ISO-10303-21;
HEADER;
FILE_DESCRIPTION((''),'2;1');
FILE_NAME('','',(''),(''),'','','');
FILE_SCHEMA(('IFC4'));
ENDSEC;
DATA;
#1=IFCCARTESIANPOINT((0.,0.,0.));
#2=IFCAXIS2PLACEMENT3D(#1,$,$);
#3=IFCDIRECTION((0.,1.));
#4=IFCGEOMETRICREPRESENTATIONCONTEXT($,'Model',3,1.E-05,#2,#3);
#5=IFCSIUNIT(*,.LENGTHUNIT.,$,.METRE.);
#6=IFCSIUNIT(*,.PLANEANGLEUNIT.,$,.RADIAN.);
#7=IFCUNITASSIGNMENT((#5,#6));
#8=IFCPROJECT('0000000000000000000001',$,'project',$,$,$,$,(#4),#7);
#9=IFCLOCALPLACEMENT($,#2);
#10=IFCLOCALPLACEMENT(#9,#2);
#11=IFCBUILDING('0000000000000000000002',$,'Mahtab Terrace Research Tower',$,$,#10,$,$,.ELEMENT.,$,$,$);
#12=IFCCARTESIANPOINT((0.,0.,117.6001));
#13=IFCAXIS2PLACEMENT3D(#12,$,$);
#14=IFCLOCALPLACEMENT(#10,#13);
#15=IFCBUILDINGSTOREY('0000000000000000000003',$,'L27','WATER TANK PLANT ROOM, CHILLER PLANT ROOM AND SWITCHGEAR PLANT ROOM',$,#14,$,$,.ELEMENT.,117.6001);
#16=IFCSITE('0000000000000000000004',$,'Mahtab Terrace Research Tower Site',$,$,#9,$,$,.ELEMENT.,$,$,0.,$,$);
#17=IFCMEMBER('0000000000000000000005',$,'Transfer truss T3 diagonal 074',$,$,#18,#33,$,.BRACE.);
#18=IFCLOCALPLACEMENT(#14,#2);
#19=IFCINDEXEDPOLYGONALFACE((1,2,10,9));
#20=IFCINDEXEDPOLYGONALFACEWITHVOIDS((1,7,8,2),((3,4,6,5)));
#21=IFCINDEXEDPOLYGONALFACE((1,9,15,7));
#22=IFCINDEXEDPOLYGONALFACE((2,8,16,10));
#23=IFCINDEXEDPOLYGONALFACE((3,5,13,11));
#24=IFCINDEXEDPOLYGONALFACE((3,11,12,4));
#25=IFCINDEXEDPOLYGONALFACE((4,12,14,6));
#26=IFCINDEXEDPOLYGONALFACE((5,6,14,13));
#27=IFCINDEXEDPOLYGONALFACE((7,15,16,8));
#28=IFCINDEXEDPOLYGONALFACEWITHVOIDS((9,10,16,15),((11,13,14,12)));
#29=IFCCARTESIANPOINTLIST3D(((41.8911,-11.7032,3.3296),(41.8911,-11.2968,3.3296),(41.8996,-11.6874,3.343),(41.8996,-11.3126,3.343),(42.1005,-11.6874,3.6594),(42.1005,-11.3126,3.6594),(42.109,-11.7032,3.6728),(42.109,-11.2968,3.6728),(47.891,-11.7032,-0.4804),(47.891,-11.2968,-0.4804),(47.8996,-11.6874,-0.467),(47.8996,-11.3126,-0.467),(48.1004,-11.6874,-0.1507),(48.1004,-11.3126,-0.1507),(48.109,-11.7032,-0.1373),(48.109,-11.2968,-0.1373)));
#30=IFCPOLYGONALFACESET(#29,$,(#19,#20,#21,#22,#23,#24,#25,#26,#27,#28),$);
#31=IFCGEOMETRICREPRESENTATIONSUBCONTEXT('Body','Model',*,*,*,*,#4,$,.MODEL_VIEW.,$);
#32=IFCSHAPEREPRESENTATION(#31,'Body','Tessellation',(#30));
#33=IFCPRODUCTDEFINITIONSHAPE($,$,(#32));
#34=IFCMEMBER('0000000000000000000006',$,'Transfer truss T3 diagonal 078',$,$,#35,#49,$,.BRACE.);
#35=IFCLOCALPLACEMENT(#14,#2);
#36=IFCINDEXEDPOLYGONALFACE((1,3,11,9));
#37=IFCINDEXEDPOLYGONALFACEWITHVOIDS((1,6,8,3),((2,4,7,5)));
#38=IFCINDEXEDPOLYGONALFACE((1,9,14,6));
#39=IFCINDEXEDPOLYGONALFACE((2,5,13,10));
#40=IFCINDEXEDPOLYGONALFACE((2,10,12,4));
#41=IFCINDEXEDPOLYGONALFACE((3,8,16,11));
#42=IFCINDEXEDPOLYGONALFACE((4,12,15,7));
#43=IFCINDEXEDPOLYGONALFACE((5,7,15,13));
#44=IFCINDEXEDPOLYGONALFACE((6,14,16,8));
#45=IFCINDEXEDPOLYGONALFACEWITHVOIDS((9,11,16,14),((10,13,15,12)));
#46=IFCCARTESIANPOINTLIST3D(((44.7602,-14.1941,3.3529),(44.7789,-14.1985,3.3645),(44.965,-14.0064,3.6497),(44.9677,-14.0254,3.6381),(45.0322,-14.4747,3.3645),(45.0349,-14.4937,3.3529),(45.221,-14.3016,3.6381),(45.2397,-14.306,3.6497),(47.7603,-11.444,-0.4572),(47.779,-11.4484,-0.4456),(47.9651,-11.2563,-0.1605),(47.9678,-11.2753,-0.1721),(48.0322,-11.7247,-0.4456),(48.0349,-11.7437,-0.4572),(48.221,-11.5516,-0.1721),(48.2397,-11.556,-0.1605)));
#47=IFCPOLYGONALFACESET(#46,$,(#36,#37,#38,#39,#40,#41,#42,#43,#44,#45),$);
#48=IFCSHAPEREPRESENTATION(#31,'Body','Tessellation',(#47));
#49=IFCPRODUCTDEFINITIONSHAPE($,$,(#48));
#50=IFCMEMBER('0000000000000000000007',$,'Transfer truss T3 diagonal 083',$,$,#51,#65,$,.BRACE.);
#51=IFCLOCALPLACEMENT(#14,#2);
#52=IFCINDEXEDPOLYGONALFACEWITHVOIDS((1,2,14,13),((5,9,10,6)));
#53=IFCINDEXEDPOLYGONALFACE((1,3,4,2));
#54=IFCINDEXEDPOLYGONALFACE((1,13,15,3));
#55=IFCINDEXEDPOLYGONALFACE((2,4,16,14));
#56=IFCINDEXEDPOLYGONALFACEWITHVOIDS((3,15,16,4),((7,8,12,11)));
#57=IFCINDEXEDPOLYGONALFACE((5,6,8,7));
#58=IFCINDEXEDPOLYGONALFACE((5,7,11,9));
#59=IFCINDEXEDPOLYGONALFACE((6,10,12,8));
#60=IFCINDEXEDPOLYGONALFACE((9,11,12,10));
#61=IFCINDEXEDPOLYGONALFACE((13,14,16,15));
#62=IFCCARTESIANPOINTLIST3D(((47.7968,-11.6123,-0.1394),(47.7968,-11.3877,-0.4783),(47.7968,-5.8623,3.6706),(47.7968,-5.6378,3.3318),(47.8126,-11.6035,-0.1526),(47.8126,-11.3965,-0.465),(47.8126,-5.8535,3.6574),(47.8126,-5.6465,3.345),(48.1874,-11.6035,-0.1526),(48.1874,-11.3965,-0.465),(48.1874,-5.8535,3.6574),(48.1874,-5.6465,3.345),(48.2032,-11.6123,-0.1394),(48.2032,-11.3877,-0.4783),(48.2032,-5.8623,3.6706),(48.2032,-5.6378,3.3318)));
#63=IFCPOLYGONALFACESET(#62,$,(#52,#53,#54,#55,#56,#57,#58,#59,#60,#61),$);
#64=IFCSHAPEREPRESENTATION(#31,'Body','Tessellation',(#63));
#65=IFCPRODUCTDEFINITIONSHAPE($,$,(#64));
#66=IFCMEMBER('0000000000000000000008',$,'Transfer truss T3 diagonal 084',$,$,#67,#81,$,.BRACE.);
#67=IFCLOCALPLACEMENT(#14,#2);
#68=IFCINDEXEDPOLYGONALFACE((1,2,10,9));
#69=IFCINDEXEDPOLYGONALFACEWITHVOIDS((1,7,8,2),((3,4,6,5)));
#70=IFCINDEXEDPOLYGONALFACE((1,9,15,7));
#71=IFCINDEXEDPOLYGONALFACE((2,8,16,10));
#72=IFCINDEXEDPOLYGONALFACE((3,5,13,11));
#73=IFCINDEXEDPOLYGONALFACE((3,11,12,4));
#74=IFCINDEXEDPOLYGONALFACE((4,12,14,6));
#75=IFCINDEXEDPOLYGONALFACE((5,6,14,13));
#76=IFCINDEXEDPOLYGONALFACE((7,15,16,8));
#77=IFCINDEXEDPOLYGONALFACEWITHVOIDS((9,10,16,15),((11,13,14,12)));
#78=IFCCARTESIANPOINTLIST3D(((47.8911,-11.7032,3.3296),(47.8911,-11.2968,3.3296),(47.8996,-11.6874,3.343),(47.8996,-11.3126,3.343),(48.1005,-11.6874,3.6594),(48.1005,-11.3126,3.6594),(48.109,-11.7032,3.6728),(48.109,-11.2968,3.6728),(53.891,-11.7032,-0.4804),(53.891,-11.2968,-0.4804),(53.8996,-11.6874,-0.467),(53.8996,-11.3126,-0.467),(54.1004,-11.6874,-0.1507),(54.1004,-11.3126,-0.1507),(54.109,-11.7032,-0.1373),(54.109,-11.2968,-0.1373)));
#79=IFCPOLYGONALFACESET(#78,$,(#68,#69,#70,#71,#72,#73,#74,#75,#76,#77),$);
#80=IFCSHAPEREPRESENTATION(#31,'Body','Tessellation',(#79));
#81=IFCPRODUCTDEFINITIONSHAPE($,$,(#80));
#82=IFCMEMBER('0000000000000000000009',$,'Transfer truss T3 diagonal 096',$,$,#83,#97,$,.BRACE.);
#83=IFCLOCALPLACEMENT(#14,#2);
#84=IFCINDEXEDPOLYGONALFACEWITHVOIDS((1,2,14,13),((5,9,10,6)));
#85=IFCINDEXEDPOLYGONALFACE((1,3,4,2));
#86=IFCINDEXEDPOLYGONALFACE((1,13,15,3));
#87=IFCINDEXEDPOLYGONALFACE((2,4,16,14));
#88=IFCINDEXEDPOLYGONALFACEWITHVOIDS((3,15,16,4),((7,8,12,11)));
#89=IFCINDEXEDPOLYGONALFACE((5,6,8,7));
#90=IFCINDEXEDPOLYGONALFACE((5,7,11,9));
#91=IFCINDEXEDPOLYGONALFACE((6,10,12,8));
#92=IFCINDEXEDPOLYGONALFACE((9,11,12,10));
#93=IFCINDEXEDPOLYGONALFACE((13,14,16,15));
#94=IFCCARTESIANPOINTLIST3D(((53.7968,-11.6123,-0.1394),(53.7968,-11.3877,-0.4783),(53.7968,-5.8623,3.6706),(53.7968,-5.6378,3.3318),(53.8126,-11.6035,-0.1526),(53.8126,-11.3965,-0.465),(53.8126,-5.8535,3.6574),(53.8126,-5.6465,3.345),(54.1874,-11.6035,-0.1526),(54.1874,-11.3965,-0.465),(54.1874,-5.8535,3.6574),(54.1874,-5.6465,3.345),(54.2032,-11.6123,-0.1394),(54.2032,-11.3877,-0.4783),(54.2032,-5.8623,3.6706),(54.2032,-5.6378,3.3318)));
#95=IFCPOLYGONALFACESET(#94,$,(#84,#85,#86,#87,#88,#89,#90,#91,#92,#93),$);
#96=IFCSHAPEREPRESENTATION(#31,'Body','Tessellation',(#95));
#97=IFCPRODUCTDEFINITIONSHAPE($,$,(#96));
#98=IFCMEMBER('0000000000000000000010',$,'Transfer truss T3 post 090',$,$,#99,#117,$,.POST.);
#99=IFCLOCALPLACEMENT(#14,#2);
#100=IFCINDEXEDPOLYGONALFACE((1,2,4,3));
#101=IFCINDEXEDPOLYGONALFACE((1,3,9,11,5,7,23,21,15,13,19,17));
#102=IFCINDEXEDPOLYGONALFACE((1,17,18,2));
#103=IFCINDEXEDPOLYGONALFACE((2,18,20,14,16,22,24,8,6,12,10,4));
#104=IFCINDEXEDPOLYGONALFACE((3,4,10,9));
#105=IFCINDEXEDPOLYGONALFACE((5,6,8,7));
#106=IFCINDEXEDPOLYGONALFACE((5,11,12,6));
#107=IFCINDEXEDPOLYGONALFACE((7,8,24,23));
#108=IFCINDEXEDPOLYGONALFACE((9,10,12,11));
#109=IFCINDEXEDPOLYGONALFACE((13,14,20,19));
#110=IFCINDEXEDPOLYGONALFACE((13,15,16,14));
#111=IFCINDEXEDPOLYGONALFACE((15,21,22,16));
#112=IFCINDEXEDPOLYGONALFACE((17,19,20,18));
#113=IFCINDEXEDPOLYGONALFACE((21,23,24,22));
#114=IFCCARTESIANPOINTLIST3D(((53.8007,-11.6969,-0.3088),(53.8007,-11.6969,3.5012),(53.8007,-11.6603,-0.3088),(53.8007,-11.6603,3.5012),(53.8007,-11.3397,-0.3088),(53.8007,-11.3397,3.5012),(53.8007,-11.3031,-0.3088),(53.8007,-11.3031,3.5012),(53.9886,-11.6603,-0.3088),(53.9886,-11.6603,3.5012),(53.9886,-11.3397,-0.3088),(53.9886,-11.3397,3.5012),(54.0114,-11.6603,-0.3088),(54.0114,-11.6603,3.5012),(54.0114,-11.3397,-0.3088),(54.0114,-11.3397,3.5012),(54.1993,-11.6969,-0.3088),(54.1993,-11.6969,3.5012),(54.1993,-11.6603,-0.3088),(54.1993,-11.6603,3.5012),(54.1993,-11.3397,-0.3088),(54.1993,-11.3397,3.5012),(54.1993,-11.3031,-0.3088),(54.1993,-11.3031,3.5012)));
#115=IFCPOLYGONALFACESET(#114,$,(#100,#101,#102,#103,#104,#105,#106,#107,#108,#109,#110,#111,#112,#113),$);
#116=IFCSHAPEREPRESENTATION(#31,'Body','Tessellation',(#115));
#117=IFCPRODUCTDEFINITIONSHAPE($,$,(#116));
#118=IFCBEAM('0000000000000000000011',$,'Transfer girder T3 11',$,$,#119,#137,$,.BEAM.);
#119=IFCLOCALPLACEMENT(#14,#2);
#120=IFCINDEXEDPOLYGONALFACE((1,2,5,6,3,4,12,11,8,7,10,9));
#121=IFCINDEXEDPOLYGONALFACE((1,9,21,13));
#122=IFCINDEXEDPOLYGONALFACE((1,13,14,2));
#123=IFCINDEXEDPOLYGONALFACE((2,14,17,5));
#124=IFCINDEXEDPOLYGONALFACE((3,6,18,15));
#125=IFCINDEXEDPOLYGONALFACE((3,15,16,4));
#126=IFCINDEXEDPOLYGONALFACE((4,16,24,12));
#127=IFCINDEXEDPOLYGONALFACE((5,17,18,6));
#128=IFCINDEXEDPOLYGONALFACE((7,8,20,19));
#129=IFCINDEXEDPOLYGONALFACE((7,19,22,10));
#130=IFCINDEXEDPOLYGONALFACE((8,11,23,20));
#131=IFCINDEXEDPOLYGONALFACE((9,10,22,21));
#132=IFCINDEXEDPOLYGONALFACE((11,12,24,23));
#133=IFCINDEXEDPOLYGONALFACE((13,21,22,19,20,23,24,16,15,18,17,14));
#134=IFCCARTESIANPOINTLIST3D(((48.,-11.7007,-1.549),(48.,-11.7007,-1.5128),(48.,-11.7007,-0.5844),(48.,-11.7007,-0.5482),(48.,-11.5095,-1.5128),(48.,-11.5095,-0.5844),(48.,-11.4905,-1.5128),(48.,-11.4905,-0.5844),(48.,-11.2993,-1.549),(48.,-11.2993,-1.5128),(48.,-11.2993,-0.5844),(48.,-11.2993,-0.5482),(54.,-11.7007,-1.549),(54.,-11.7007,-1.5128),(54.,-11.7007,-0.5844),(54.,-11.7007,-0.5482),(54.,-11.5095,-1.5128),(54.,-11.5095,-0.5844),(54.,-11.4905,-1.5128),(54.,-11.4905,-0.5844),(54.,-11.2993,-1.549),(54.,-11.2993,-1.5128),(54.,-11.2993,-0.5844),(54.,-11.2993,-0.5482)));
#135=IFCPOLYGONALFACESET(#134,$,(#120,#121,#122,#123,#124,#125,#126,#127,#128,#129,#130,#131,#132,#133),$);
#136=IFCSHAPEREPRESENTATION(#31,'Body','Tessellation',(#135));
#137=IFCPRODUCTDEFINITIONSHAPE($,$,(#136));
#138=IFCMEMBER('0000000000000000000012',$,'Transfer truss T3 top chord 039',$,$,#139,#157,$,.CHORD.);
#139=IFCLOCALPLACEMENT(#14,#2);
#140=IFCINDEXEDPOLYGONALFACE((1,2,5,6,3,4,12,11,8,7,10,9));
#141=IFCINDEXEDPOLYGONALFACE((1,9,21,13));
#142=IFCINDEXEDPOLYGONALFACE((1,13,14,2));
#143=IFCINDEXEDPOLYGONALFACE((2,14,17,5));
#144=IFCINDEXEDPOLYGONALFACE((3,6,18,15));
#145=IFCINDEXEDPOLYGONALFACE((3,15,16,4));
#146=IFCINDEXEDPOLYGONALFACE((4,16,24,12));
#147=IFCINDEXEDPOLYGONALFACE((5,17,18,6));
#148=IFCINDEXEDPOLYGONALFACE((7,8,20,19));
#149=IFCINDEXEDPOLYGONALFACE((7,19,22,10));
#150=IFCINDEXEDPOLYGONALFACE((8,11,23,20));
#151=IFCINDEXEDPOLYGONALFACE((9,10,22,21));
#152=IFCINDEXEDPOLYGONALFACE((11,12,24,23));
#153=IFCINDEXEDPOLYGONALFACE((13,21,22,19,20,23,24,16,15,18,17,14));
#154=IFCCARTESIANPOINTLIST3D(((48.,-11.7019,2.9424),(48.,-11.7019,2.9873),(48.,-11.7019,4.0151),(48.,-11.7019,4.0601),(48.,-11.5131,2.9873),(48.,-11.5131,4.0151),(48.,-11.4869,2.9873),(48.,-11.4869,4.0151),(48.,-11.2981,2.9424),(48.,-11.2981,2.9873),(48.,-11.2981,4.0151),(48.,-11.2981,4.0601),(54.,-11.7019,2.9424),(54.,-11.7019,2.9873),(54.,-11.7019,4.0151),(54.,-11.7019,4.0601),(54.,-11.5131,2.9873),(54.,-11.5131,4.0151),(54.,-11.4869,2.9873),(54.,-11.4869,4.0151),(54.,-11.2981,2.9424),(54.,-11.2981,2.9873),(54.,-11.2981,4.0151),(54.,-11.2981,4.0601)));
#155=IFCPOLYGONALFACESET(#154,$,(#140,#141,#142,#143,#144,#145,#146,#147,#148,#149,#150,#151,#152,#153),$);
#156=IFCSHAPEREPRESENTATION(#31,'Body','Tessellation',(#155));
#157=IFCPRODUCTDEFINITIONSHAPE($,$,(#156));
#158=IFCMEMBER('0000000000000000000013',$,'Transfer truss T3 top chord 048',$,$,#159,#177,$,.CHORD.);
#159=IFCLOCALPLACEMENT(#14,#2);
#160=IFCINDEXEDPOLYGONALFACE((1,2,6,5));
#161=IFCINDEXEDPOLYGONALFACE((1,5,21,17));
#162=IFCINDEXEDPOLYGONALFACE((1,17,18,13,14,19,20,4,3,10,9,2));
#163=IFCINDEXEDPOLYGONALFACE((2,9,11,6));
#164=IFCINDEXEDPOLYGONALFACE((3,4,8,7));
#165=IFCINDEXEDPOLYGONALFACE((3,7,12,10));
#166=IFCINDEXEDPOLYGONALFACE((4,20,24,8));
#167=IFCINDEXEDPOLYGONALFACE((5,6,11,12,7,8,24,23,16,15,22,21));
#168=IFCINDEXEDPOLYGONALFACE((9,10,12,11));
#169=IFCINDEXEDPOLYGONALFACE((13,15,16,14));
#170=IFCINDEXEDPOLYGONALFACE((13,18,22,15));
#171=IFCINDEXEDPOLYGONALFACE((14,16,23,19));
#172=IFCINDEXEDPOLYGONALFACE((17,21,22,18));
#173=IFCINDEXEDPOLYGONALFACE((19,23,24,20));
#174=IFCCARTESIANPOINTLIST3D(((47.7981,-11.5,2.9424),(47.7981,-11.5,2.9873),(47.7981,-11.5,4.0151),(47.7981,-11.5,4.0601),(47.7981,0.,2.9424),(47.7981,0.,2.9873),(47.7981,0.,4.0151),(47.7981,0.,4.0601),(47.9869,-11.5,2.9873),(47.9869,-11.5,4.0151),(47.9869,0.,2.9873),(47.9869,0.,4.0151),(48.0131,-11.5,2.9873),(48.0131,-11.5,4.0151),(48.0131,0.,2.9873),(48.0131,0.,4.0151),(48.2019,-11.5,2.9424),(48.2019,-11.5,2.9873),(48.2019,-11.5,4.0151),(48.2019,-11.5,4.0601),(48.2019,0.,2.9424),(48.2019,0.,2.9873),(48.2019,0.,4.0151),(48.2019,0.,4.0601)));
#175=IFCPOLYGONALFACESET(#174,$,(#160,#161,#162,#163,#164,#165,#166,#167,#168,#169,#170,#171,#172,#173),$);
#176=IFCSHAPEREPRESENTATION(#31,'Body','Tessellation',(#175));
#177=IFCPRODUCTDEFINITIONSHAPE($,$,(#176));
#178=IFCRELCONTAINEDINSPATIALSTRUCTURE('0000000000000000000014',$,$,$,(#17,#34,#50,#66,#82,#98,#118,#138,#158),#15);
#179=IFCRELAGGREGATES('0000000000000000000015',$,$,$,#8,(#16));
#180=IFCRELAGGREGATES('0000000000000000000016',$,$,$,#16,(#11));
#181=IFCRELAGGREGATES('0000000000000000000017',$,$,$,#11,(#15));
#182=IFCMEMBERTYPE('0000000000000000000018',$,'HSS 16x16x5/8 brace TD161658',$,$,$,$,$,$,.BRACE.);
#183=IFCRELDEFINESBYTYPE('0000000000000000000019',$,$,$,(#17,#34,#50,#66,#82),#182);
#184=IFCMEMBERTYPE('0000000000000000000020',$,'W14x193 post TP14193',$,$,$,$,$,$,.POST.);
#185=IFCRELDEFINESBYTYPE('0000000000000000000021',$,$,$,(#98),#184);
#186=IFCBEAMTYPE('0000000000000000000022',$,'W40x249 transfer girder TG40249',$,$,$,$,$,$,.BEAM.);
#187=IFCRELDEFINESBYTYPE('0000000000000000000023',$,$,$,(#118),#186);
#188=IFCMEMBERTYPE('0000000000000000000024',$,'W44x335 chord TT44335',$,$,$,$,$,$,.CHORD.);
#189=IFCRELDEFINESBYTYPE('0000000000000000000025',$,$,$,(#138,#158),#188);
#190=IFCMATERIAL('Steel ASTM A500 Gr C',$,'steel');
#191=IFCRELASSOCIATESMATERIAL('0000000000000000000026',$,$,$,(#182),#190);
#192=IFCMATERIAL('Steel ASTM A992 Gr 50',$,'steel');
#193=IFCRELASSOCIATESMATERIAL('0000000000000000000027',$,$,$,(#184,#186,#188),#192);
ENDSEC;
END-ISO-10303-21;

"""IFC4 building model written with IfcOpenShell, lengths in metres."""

from ifc_helpers import new_model, si_unit, direction, frame, origin, origin_2d, place, context, subcontext, project, spatial, hollow_rectangle, i_section, extrude, material, material_profile, profile_set, type_object, element, save


model = new_model("IFC4")

# Units and contexts
model_context = context("Model", 3, precision=1e-05, world=origin(), true_north=direction((0.0, 1.0)))
body_context = subcontext(model_context, "Body", "Model", "MODEL_VIEW")
ifc_project = project(units=[si_unit("LENGTHUNIT", "METRE"), si_unit("PLANEANGLEUNIT", "RADIAN")], contexts=[model_context])

# Site, building, storey
site_placement = place(None, origin())
site = spatial("IfcSite", under=ifc_project, at=site_placement, Name="Mahtab Terrace Research Tower Site", CompositionType="ELEMENT", RefElevation=0.0)
building_placement = place(site_placement, origin())
building = spatial("IfcBuilding", under=site, at=building_placement, Name="Mahtab Terrace Research Tower", CompositionType="ELEMENT")
storey_placement = place(building_placement, frame((0.0, 0.0, 117.6001)))
storey = spatial("IfcBuildingStorey", under=building, at=storey_placement, Name="L27", Description="WATER TANK PLANT ROOM, CHILLER PLANT ROOM AND SWITCHGEAR PLANT ROOM", CompositionType="ELEMENT", Elevation=117.6001)

# Members
ifc_material_1 = material(Name="Steel ASTM A500 Gr C", Category="steel")
ifc_material_profile_1 = material_profile(ifc_material_1, hollow_rectangle(XDim=0.4065, YDim=0.4065, WallThickness=0.0159, at=origin_2d()), Name="HSS16X16X5/8")
ifc_profile_set_1 = profile_set([ifc_material_profile_1], Name="Steel ASTM A500 Gr C")
member_type_1 = type_object("IfcMemberType", Name="HSS 16x16x5/8 brace TD161658", PredefinedType="BRACE", material=ifc_profile_set_1)
member_1_placement = place(storey_placement, frame((48.0, -11.5, -0.3088), z_axis=(-0.844179, 0.0, 0.536062), x_axis=(0.0, -1.0, 0.0)))
element("IfcMember", 1, at=member_1_placement, inside=storey, type_object=member_type_1, Name="Transfer truss T3 diagonal 074", PredefinedType="BRACE", context=body_context, shape_type="SweptSolid", body=[
    extrude(hollow_rectangle(XDim=0.4065, YDim=0.4065, WallThickness=0.0159, at=origin_2d()), origin(), (0.0, 0.0, 1.0), 7.1074),
])
member_2_placement = place(storey_placement, frame((48.0, -11.5, -0.3088), z_axis=(-0.53813, -0.493286, 0.683436), x_axis=(0.675725, -0.737154, 0.0)))
element("IfcMember", 2, at=member_2_placement, inside=storey, type_object=member_type_1, Name="Transfer truss T3 diagonal 078", PredefinedType="BRACE", context=body_context, shape_type="SweptSolid", body=[
    extrude(hollow_rectangle(XDim=0.4065, YDim=0.4065, WallThickness=0.0159, at=origin_2d()), origin(), (0.0, 0.0, 1.0), 5.575),
])
member_3_placement = place(storey_placement, frame((48.0, -11.5, -0.3088), z_axis=(0.0, 0.833604, 0.552362), x_axis=(-1.0, 0.0, 0.0)))
element("IfcMember", 3, at=member_3_placement, inside=storey, type_object=member_type_1, Name="Transfer truss T3 diagonal 083", PredefinedType="BRACE", context=body_context, shape_type="SweptSolid", body=[
    extrude(hollow_rectangle(XDim=0.4065, YDim=0.4065, WallThickness=0.0159, at=origin_2d()), origin(), (0.0, 0.0, 1.0), 6.8977),
])
member_4_placement = place(storey_placement, frame((54.0, -11.5, -0.3088), z_axis=(-0.844179, 0.0, 0.536062), x_axis=(0.0, -1.0, 0.0)))
element("IfcMember", 4, at=member_4_placement, inside=storey, type_object=member_type_1, Name="Transfer truss T3 diagonal 084", PredefinedType="BRACE", context=body_context, shape_type="SweptSolid", body=[
    extrude(hollow_rectangle(XDim=0.4065, YDim=0.4065, WallThickness=0.0159, at=origin_2d()), origin(), (0.0, 0.0, 1.0), 7.1074),
])
member_5_placement = place(storey_placement, frame((54.0, -11.5, -0.3088), z_axis=(0.0, 0.833604, 0.552362), x_axis=(-1.0, 0.0, 0.0)))
element("IfcMember", 5, at=member_5_placement, inside=storey, type_object=member_type_1, Name="Transfer truss T3 diagonal 096", PredefinedType="BRACE", context=body_context, shape_type="SweptSolid", body=[
    extrude(hollow_rectangle(XDim=0.4065, YDim=0.4065, WallThickness=0.0159, at=origin_2d()), origin(), (0.0, 0.0, 1.0), 6.8977),
])
ifc_material_2 = material(Name="Steel ASTM A992 Gr 50", Category="steel")
ifc_material_profile_2 = material_profile(ifc_material_2, i_section(OverallWidth=0.3987, OverallDepth=0.3938, WebThickness=0.0227, FlangeThickness=0.0366, at=origin_2d()), Name="W14X193")
ifc_profile_set_2 = profile_set([ifc_material_profile_2], Name="Steel ASTM A992 Gr 50")
member_type_2 = type_object("IfcMemberType", Name="W14x193 post TP14193", PredefinedType="POST", material=ifc_profile_set_2)
member_6_placement = place(storey_placement, frame((54.0, -11.5, -0.3088), z_axis=(0.0, 0.0, 1.0), x_axis=(1.0, 0.0, 0.0)))
element("IfcMember", 6, at=member_6_placement, inside=storey, type_object=member_type_2, Name="Transfer truss T3 post 090", PredefinedType="POST", context=body_context, shape_type="SweptSolid", body=[
    extrude(i_section(OverallWidth=0.3987, OverallDepth=0.3938, WebThickness=0.0227, FlangeThickness=0.0366, at=origin_2d()), origin(), (0.0, 0.0, 1.0), 3.8101),
])

# Beam
ifc_material_profile_3 = material_profile(ifc_material_2, i_section(OverallWidth=0.4014, OverallDepth=1.0007, WebThickness=0.019, FlangeThickness=0.0361, at=origin_2d()), Name="W40X249")
ifc_profile_set_3 = profile_set([ifc_material_profile_3], Name="Steel ASTM A992 Gr 50")
beam_type = type_object("IfcBeamType", Name="W40x249 transfer girder TG40249", PredefinedType="BEAM", material=ifc_profile_set_3)
beam_placement = place(storey_placement, frame((48.0, -11.5, -1.0486), z_axis=(1.0, 0.0, 0.0), x_axis=(0.0, 1.0, 0.0)))
element("IfcBeam", 7, at=beam_placement, inside=storey, type_object=beam_type, Name="Transfer girder T3 11", PredefinedType="BEAM", context=body_context, shape_type="SweptSolid", body=[
    extrude(i_section(OverallWidth=0.4014, OverallDepth=1.0007, WebThickness=0.019, FlangeThickness=0.0361, at=origin_2d()), origin(), (0.0, 0.0, 1.0), 6.0),
])

# Members
ifc_material_profile_4 = material_profile(ifc_material_2, i_section(OverallWidth=0.4038, OverallDepth=1.1177, WebThickness=0.0261, FlangeThickness=0.0449, at=origin_2d()), Name="W44X335")
ifc_profile_set_4 = profile_set([ifc_material_profile_4], Name="Steel ASTM A992 Gr 50")
member_type_3 = type_object("IfcMemberType", Name="W44x335 chord TT44335", PredefinedType="CHORD", material=ifc_profile_set_4)
member_7_placement = place(storey_placement, frame((48.0, -11.5, 3.5012), z_axis=(1.0, 0.0, 0.0), x_axis=(0.0, 1.0, 0.0)))
element("IfcMember", 8, at=member_7_placement, inside=storey, type_object=member_type_3, Name="Transfer truss T3 top chord 039", PredefinedType="CHORD", context=body_context, shape_type="SweptSolid", body=[
    extrude(i_section(OverallWidth=0.4038, OverallDepth=1.1177, WebThickness=0.0261, FlangeThickness=0.0449, at=origin_2d()), origin(), (0.0, 0.0, 1.0), 6.0),
])
member_8_placement = place(storey_placement, frame((48.0, -11.5, 3.5012), z_axis=(0.0, 1.0, 0.0), x_axis=(-1.0, 0.0, 0.0)))
element("IfcMember", 9, at=member_8_placement, inside=storey, type_object=member_type_3, Name="Transfer truss T3 top chord 048", PredefinedType="CHORD", context=body_context, shape_type="SweptSolid", body=[
    extrude(i_section(OverallWidth=0.4038, OverallDepth=1.1177, WebThickness=0.0261, FlangeThickness=0.0449, at=origin_2d()), origin(), (0.0, 0.0, 1.0), 11.5),
])

save(model, "model.ifc")
